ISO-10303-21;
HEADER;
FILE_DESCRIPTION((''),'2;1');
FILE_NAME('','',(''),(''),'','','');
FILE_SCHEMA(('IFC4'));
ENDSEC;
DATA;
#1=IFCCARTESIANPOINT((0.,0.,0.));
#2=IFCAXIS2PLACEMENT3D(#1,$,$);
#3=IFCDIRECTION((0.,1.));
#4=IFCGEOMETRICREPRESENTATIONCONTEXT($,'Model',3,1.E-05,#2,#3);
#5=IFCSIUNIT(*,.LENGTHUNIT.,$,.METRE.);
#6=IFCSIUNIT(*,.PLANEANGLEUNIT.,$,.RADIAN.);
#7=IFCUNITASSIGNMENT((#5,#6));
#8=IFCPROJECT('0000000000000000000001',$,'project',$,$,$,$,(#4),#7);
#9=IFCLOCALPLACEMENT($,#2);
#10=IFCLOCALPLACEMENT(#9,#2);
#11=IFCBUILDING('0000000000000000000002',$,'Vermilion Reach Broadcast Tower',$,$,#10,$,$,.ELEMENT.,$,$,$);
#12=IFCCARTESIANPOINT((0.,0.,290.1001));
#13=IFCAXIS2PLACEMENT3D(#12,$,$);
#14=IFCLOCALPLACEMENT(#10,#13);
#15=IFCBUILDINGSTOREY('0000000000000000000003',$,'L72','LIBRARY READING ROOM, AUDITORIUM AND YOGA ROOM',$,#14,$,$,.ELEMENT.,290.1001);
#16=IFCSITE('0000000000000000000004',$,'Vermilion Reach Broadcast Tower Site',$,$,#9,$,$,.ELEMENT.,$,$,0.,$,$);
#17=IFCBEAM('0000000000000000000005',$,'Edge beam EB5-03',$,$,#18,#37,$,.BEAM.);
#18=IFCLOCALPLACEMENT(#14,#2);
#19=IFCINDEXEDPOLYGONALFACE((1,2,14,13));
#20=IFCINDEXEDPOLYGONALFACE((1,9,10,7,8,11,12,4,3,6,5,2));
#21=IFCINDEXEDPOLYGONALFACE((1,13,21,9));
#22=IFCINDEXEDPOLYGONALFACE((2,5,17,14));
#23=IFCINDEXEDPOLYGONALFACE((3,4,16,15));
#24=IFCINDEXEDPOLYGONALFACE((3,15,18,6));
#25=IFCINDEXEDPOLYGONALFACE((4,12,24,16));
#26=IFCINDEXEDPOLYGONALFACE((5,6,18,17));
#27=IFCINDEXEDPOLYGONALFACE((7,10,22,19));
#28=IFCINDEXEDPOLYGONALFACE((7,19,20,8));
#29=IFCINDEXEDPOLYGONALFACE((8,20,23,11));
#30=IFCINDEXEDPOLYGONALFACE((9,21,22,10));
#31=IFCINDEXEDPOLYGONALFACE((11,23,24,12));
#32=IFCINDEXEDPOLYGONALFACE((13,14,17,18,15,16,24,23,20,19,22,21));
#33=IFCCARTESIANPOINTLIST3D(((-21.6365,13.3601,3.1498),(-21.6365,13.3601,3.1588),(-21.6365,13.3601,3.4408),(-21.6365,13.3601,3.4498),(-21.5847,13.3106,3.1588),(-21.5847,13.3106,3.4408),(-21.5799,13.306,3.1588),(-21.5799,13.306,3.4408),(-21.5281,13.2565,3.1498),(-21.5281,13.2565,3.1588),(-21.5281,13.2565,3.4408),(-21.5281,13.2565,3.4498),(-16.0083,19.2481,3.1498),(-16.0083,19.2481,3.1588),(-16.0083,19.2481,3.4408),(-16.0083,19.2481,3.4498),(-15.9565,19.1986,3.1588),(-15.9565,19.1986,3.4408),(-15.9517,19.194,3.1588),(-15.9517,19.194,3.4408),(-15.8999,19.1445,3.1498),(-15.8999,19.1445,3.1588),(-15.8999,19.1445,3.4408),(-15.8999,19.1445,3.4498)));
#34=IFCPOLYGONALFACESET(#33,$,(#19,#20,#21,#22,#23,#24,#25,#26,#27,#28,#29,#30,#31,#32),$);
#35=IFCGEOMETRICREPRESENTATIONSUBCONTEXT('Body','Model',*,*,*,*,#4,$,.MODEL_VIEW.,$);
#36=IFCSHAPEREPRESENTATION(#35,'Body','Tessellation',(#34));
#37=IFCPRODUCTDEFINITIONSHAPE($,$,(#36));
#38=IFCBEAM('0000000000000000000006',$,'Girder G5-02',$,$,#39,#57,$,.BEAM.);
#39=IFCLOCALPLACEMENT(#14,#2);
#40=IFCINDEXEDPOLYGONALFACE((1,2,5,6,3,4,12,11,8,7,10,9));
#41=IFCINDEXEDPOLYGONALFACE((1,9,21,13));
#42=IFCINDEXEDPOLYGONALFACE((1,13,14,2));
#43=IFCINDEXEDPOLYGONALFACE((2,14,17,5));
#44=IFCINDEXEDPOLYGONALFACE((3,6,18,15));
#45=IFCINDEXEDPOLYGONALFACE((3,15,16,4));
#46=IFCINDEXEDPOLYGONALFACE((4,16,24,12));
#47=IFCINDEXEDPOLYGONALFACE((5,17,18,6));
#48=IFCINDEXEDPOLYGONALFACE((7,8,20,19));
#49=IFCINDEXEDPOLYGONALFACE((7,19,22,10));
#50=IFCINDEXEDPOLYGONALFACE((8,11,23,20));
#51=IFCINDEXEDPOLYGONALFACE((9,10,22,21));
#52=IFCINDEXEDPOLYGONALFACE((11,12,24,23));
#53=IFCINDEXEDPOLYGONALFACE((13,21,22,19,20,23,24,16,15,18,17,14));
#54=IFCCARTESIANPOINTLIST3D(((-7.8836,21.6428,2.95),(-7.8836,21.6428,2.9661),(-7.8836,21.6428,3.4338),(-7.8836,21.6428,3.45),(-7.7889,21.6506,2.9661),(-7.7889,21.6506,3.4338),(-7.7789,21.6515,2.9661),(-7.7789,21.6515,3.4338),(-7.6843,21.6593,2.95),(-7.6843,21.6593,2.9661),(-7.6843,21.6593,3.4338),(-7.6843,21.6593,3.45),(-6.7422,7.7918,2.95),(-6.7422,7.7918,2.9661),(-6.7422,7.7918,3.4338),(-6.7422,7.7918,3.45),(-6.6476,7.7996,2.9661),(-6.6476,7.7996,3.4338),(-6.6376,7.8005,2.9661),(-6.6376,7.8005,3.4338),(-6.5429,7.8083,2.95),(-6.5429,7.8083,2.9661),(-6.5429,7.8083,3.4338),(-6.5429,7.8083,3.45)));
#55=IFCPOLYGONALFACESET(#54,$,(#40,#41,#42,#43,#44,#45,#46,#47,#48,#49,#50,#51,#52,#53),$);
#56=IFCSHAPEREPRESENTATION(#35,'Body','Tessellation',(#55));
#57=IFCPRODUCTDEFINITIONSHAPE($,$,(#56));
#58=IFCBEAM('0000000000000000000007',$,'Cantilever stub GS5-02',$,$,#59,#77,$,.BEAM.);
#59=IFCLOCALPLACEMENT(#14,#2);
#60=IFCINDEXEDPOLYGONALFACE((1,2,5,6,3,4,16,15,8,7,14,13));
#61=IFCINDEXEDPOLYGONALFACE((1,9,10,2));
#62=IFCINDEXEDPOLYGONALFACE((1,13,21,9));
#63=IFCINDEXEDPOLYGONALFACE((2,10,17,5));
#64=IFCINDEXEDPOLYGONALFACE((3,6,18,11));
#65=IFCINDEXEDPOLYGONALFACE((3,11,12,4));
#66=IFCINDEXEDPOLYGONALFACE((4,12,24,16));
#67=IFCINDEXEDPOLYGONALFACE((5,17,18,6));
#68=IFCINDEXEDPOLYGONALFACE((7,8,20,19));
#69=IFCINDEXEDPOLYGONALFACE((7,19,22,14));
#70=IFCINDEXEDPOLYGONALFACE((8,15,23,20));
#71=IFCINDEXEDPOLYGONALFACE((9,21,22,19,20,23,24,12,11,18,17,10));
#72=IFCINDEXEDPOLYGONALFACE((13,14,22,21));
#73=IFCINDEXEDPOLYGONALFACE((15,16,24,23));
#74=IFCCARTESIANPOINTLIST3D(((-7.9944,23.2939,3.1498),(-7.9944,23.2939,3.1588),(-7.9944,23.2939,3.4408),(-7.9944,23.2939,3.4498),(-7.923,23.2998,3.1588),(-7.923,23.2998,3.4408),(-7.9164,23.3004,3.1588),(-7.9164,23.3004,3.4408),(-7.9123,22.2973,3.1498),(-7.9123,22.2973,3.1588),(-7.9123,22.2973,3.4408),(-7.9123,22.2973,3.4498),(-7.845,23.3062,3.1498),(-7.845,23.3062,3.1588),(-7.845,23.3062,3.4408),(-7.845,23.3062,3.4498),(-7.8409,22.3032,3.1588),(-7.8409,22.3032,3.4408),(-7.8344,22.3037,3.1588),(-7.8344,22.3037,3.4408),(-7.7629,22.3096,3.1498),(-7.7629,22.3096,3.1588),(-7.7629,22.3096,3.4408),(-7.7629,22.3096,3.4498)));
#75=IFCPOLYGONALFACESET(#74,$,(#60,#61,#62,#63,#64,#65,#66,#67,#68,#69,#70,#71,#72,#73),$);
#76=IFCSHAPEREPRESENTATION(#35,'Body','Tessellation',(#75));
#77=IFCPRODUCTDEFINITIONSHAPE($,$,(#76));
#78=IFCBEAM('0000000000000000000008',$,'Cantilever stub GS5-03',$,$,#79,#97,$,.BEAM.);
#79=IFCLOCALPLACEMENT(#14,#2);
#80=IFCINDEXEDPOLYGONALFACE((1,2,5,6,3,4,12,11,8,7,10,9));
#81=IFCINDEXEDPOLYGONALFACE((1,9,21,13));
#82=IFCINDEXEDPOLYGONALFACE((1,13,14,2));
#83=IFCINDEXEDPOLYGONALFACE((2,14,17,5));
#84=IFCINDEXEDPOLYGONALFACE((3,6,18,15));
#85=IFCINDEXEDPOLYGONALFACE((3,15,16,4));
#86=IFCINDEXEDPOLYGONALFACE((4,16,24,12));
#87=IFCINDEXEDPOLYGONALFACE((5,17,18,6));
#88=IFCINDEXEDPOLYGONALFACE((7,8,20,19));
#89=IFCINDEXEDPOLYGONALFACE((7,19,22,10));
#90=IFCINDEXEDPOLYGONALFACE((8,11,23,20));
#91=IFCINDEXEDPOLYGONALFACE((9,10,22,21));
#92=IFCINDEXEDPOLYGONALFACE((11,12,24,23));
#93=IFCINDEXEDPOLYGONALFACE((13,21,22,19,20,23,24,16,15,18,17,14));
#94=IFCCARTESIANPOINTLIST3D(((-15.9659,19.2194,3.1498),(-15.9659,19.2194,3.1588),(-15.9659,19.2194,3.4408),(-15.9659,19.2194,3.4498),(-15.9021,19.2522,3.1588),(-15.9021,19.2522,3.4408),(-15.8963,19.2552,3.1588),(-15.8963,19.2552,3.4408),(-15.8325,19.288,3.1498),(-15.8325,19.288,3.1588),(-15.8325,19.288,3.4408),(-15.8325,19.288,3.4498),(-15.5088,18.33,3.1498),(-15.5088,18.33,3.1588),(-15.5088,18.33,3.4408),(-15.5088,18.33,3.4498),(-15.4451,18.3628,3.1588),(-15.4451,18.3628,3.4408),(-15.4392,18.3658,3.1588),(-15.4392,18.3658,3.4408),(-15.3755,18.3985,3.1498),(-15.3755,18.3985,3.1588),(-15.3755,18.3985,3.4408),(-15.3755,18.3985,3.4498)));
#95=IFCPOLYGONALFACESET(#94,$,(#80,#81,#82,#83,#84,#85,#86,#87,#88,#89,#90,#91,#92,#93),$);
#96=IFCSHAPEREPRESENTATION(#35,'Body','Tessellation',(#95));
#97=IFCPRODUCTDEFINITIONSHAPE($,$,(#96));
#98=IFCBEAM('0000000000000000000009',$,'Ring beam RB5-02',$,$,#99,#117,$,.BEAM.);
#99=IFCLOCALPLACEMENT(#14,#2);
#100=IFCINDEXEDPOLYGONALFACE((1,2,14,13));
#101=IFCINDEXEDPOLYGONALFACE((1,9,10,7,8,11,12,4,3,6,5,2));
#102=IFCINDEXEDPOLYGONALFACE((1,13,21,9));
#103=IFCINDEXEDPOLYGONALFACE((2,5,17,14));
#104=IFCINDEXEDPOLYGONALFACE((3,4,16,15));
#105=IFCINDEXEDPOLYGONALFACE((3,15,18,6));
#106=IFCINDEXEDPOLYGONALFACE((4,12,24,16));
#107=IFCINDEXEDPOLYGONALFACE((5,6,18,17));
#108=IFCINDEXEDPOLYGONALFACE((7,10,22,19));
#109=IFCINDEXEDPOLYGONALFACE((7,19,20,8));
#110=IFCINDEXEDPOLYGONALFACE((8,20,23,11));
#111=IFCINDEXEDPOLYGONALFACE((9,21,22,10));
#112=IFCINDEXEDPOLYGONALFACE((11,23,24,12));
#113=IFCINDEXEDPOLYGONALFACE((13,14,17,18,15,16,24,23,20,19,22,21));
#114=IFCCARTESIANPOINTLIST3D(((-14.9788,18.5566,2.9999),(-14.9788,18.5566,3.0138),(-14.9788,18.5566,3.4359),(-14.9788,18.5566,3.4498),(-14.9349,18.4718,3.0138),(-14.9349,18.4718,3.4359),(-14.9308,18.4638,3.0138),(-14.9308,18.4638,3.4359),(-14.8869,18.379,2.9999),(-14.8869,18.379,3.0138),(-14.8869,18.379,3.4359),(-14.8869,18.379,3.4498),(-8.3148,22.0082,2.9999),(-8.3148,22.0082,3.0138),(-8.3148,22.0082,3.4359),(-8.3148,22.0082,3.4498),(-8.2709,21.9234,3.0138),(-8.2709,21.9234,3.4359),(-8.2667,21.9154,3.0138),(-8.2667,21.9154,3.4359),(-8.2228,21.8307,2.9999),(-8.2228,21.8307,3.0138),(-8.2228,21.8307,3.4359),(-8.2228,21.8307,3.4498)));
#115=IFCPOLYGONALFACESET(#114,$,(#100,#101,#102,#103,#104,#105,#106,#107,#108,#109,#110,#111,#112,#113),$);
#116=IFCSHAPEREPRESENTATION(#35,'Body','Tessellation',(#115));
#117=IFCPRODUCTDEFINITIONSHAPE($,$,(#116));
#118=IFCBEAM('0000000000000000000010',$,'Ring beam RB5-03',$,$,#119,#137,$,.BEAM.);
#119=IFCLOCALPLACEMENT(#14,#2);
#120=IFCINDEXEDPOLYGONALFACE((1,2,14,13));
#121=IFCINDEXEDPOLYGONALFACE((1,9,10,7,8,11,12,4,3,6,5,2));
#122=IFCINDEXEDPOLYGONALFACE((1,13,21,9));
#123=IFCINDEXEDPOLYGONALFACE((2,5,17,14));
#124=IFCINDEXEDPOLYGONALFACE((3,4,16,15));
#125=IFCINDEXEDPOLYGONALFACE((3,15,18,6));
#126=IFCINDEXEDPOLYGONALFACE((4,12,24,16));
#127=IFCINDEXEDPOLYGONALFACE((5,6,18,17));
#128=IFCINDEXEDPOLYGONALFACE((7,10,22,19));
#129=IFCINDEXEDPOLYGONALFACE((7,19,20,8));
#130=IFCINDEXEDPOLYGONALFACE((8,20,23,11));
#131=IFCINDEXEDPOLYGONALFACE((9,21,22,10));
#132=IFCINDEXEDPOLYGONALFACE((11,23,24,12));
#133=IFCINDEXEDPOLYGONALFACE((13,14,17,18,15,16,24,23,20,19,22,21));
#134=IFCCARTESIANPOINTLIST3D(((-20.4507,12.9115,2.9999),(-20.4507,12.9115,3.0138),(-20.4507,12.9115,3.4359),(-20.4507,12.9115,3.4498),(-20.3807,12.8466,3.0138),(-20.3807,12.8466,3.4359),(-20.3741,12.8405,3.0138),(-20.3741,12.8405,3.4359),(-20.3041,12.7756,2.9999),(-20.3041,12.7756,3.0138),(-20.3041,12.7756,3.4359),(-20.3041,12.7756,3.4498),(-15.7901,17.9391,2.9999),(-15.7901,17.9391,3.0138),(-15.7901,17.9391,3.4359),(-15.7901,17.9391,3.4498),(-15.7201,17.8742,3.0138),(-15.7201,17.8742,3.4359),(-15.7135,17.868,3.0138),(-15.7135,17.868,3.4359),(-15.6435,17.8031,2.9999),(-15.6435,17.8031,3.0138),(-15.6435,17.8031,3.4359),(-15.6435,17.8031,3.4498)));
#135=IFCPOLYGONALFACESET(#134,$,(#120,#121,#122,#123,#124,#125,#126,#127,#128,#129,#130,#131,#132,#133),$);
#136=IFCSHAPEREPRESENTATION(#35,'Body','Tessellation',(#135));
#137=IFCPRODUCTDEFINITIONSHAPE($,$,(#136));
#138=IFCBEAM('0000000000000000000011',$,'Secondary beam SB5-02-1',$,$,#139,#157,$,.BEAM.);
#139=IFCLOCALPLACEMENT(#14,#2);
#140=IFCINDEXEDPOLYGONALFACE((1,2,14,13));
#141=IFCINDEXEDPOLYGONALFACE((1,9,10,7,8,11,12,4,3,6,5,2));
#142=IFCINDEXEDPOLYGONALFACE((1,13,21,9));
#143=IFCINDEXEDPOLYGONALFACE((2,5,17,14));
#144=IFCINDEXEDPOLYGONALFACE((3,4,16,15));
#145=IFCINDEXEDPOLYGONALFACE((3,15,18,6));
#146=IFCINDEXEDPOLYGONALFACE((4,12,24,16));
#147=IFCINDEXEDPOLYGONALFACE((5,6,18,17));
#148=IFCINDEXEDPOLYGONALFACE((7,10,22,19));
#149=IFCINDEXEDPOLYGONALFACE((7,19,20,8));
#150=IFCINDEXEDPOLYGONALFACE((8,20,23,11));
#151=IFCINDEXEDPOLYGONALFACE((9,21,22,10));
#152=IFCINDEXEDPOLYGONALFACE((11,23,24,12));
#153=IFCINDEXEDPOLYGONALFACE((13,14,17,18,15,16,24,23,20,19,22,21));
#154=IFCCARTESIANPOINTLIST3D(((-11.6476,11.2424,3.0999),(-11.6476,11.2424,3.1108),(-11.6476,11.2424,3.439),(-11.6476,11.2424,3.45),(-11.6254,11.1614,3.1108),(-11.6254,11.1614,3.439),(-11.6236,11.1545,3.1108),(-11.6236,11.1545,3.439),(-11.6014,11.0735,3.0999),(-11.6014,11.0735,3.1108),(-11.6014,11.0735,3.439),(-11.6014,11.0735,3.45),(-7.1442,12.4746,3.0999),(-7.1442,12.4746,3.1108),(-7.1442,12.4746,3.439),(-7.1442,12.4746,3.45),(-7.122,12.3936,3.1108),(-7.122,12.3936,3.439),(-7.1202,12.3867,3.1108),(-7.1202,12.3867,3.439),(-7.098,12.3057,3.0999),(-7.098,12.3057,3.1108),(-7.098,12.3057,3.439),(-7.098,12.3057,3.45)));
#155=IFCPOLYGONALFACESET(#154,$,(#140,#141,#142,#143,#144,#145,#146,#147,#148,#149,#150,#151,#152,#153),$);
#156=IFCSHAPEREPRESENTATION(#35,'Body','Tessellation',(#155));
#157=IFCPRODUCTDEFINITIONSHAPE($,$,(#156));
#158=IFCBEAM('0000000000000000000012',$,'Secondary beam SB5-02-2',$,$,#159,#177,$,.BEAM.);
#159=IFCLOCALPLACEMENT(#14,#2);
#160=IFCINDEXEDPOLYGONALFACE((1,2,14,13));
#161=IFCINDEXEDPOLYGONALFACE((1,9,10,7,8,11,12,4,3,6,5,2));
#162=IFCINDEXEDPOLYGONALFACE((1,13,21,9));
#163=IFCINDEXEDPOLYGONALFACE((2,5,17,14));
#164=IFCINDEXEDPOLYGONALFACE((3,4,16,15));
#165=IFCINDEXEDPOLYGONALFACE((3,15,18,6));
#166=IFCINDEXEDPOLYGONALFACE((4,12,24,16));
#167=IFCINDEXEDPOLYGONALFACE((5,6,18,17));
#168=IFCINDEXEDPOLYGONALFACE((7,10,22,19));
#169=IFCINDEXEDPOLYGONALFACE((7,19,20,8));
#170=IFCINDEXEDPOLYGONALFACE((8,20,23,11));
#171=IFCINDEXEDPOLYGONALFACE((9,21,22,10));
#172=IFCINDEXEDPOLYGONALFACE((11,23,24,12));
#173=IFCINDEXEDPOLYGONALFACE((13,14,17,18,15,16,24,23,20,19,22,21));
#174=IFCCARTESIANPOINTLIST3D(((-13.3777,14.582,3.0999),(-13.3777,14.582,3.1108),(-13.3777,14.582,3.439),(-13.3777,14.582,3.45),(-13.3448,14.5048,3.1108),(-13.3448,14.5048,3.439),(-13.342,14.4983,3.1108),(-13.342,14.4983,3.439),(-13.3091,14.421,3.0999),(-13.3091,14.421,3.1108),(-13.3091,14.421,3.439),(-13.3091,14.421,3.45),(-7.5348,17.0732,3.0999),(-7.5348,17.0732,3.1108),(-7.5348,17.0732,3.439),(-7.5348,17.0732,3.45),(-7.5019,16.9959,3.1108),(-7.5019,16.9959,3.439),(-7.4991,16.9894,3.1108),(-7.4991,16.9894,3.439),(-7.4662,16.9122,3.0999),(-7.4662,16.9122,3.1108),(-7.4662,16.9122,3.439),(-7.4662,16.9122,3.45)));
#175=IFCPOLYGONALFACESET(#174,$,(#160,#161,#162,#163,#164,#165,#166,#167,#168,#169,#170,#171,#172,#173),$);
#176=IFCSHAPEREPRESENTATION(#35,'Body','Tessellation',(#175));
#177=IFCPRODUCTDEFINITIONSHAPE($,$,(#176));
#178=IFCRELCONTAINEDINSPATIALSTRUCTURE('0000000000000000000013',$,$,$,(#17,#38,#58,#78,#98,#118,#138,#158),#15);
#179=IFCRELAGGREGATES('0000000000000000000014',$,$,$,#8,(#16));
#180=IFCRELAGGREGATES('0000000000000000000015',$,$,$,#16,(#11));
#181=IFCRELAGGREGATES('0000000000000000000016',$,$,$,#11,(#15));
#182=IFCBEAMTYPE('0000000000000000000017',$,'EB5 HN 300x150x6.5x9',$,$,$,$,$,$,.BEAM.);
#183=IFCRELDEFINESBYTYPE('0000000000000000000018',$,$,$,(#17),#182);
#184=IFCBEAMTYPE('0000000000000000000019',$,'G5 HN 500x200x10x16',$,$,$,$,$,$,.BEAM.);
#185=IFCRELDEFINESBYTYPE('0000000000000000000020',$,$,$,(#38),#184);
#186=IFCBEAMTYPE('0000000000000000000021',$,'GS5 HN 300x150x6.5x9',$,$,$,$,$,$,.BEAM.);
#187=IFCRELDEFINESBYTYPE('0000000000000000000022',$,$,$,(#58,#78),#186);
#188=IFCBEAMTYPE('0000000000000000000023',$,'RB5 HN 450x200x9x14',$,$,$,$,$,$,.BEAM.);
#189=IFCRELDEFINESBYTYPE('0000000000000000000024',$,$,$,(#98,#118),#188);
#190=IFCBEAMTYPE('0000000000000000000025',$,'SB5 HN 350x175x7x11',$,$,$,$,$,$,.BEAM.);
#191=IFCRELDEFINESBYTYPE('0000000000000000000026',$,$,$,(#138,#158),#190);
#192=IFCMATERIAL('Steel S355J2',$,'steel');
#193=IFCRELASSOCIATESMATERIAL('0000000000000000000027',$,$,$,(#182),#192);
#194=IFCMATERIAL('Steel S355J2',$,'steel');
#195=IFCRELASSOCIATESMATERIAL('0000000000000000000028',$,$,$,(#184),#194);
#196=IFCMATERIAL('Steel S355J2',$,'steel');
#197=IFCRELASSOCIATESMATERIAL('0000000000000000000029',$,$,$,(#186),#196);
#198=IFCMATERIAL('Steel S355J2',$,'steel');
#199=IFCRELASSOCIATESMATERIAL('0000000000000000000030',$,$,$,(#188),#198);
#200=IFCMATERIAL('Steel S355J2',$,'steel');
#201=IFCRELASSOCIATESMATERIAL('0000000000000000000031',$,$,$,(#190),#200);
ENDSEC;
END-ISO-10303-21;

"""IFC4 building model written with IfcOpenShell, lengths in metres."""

from ifc_helpers import new_model, si_unit, direction, frame, origin, origin_2d, place, context, subcontext, project, spatial, i_section, extrude, material, material_profile, profile_set, type_object, element, save


model = new_model("IFC4")

# Units and contexts
model_context = context("Model", 3, precision=1e-05, world=origin(), true_north=direction((0.0, 1.0)))
body_context = subcontext(model_context, "Body", "Model", "MODEL_VIEW")
ifc_project = project(units=[si_unit("LENGTHUNIT", "METRE"), si_unit("PLANEANGLEUNIT", "RADIAN")], contexts=[model_context])

# Site, building, storey
site_placement = place(None, origin())
site = spatial("IfcSite", under=ifc_project, at=site_placement, Name="Vermilion Reach Broadcast Tower Site", CompositionType="ELEMENT", RefElevation=0.0)
building_placement = place(site_placement, origin())
building = spatial("IfcBuilding", under=site, at=building_placement, Name="Vermilion Reach Broadcast Tower", CompositionType="ELEMENT")
storey_placement = place(building_placement, frame((0.0, 0.0, 290.1001)))
storey = spatial("IfcBuildingStorey", under=building, at=storey_placement, Name="L72", Description="LIBRARY READING ROOM, AUDITORIUM AND YOGA ROOM", CompositionType="ELEMENT", Elevation=290.1001)

# Beams
ifc_material_1 = material(Name="Steel S355J2", Category="steel")
ifc_material_profile_1 = material_profile(ifc_material_1, i_section(OverallWidth=0.1499, OverallDepth=0.3, WebThickness=0.0066, FlangeThickness=0.009, at=origin_2d()), Name="S355J2 HN 300x150x6.5x9")
ifc_profile_set_1 = profile_set([ifc_material_profile_1], Name="Steel S355J2")
beam_type_1 = type_object("IfcBeamType", Name="EB5 HN 300x150x6.5x9", PredefinedType="BEAM", material=ifc_profile_set_1)
beam_1_placement = place(storey_placement, frame((-15.9541, 19.1963, 3.2998), z_axis=(-0.690981, -0.722873, 0.0), x_axis=(0.722873, -0.690981, 0.0)))
element("IfcBeam", 1, at=beam_1_placement, inside=storey, type_object=beam_type_1, Name="Edge beam EB5-03", PredefinedType="BEAM", context=body_context, shape_type="SweptSolid", body=[
    extrude(i_section(OverallWidth=0.1499, OverallDepth=0.3, WebThickness=0.0066, FlangeThickness=0.009, at=origin_2d()), origin(), (0.0, 0.0, 1.0), 8.1453),
])
ifc_material_2 = material(Name="Steel S355J2", Category="steel")
ifc_material_profile_2 = material_profile(ifc_material_2, i_section(OverallWidth=0.2, OverallDepth=0.5, WebThickness=0.01, FlangeThickness=0.0161, at=origin_2d()), Name="S355J2 HN 500x200x10x16")
ifc_profile_set_2 = profile_set([ifc_material_profile_2], Name="Steel S355J2")
beam_type_2 = type_object("IfcBeamType", Name="G5 HN 500x200x10x16", PredefinedType="BEAM", material=ifc_profile_set_2)
beam_2_placement = place(storey_placement, frame((-6.6426, 7.8, 3.2), z_axis=(-0.082124, 0.996622, 0.0), x_axis=(-0.996622, -0.082124, 0.0)))
element("IfcBeam", 2, at=beam_2_placement, inside=storey, type_object=beam_type_2, Name="Girder G5-02", PredefinedType="BEAM", context=body_context, shape_type="SweptSolid", body=[
    extrude(i_section(OverallWidth=0.2, OverallDepth=0.5, WebThickness=0.01, FlangeThickness=0.0161, at=origin_2d()), origin(), (0.0, 0.0, 1.0), 13.8979),
])
ifc_material_3 = material(Name="Steel S355J2", Category="steel")
ifc_material_profile_3 = material_profile(ifc_material_3, i_section(OverallWidth=0.1499, OverallDepth=0.3, WebThickness=0.0066, FlangeThickness=0.009, at=origin_2d()), Name="S355J2 HN 300x150x6.5x9")
ifc_profile_set_3 = profile_set([ifc_material_profile_3], Name="Steel S355J2")
beam_type_3 = type_object("IfcBeamType", Name="GS5 HN 300x150x6.5x9", PredefinedType="BEAM", material=ifc_profile_set_3)
for number, where, z_axis, x_axis, name in (
    (3, (-7.8376, 22.3035, 3.2998), (-0.082035, 0.996629, 0.0), (-0.996629, -0.082035, 0.0), "Cantilever stub GS5-02"),
    (4, (-15.4421, 18.3643, 3.2998), (-0.45705, 0.889441, 0.0), (-0.889441, -0.45705, 0.0), "Cantilever stub GS5-03"),
):
    element("IfcBeam", number, at=place(storey_placement, frame(where, z_axis=z_axis, x_axis=x_axis)), inside=storey, type_object=beam_type_3, Name=name, PredefinedType="BEAM", context=body_context, shape_type="SweptSolid", body=[
        extrude(i_section(OverallWidth=0.1499, OverallDepth=0.3, WebThickness=0.0066, FlangeThickness=0.009, at=origin_2d()), origin(), (0.0, 0.0, 1.0), 1.0),
    ])
ifc_material_4 = material(Name="Steel S355J2", Category="steel")
ifc_material_profile_4 = material_profile(ifc_material_4, i_section(OverallWidth=0.2, OverallDepth=0.45, WebThickness=0.009, FlangeThickness=0.0139, at=origin_2d()), Name="S355J2 HN 450x200x9x14")
ifc_profile_set_4 = profile_set([ifc_material_profile_4], Name="Steel S355J2")
beam_type_4 = type_object("IfcBeamType", Name="RB5 HN 450x200x9x14", PredefinedType="BEAM", material=ifc_profile_set_4)
beam_3_placement = place(storey_placement, frame((-8.2688, 21.9194, 3.2249), z_axis=(-0.88796, -0.45992, 0.0), x_axis=(0.45992, -0.88796, 0.0)))
element("IfcBeam", 5, at=beam_3_placement, inside=storey, type_object=beam_type_4, Name="Ring beam RB5-02", PredefinedType="BEAM", context=body_context, shape_type="SweptSolid", body=[
    extrude(i_section(OverallWidth=0.2, OverallDepth=0.45, WebThickness=0.009, FlangeThickness=0.0139, at=origin_2d()), origin(), (0.0, 0.0, 1.0), 7.5049),
])
beam_4_placement = place(storey_placement, frame((-15.7168, 17.8711, 3.2249), z_axis=(-0.679838, -0.733363, 0.0), x_axis=(0.733363, -0.679838, 0.0)))
element("IfcBeam", 6, at=beam_4_placement, inside=storey, type_object=beam_type_4, Name="Ring beam RB5-03", PredefinedType="BEAM", context=body_context, shape_type="SweptSolid", body=[
    extrude(i_section(OverallWidth=0.2, OverallDepth=0.45, WebThickness=0.009, FlangeThickness=0.0139, at=origin_2d()), origin(), (0.0, 0.0, 1.0), 6.8555),
])
ifc_material_5 = material(Name="Steel S355J2", Category="steel")
ifc_material_profile_5 = material_profile(ifc_material_5, i_section(OverallWidth=0.175, OverallDepth=0.3501, WebThickness=0.0071, FlangeThickness=0.011, at=origin_2d()), Name="S355J2 HN 350x175x7x11")
ifc_profile_set_5 = profile_set([ifc_material_profile_5], Name="Steel S355J2")
beam_type_5 = type_object("IfcBeamType", Name="SB5 HN 350x175x7x11", PredefinedType="BEAM", material=ifc_profile_set_5)
beam_5_placement = place(storey_placement, frame((-7.1211, 12.3901, 3.2749), z_axis=(-0.964547, -0.263909, 0.0), x_axis=(0.263909, -0.964547, 0.0)))
element("IfcBeam", 7, at=beam_5_placement, inside=storey, type_object=beam_type_5, Name="Secondary beam SB5-02-1", PredefinedType="BEAM", context=body_context, shape_type="SweptSolid", body=[
    extrude(i_section(OverallWidth=0.175, OverallDepth=0.3501, WebThickness=0.0071, FlangeThickness=0.011, at=origin_2d()), origin(), (0.0, 0.0, 1.0), 4.6689),
])
beam_6_placement = place(storey_placement, frame((-7.5005, 16.9927, 3.2749), z_axis=(-0.919881, -0.392198, 0.0), x_axis=(0.392198, -0.919881, 0.0)))
element("IfcBeam", 8, at=beam_6_placement, inside=storey, type_object=beam_type_5, Name="Secondary beam SB5-02-2", PredefinedType="BEAM", context=body_context, shape_type="SweptSolid", body=[
    extrude(i_section(OverallWidth=0.175, OverallDepth=0.3501, WebThickness=0.0071, FlangeThickness=0.011, at=origin_2d()), origin(), (0.0, 0.0, 1.0), 6.3518),
])

save(model, "model.ifc")
